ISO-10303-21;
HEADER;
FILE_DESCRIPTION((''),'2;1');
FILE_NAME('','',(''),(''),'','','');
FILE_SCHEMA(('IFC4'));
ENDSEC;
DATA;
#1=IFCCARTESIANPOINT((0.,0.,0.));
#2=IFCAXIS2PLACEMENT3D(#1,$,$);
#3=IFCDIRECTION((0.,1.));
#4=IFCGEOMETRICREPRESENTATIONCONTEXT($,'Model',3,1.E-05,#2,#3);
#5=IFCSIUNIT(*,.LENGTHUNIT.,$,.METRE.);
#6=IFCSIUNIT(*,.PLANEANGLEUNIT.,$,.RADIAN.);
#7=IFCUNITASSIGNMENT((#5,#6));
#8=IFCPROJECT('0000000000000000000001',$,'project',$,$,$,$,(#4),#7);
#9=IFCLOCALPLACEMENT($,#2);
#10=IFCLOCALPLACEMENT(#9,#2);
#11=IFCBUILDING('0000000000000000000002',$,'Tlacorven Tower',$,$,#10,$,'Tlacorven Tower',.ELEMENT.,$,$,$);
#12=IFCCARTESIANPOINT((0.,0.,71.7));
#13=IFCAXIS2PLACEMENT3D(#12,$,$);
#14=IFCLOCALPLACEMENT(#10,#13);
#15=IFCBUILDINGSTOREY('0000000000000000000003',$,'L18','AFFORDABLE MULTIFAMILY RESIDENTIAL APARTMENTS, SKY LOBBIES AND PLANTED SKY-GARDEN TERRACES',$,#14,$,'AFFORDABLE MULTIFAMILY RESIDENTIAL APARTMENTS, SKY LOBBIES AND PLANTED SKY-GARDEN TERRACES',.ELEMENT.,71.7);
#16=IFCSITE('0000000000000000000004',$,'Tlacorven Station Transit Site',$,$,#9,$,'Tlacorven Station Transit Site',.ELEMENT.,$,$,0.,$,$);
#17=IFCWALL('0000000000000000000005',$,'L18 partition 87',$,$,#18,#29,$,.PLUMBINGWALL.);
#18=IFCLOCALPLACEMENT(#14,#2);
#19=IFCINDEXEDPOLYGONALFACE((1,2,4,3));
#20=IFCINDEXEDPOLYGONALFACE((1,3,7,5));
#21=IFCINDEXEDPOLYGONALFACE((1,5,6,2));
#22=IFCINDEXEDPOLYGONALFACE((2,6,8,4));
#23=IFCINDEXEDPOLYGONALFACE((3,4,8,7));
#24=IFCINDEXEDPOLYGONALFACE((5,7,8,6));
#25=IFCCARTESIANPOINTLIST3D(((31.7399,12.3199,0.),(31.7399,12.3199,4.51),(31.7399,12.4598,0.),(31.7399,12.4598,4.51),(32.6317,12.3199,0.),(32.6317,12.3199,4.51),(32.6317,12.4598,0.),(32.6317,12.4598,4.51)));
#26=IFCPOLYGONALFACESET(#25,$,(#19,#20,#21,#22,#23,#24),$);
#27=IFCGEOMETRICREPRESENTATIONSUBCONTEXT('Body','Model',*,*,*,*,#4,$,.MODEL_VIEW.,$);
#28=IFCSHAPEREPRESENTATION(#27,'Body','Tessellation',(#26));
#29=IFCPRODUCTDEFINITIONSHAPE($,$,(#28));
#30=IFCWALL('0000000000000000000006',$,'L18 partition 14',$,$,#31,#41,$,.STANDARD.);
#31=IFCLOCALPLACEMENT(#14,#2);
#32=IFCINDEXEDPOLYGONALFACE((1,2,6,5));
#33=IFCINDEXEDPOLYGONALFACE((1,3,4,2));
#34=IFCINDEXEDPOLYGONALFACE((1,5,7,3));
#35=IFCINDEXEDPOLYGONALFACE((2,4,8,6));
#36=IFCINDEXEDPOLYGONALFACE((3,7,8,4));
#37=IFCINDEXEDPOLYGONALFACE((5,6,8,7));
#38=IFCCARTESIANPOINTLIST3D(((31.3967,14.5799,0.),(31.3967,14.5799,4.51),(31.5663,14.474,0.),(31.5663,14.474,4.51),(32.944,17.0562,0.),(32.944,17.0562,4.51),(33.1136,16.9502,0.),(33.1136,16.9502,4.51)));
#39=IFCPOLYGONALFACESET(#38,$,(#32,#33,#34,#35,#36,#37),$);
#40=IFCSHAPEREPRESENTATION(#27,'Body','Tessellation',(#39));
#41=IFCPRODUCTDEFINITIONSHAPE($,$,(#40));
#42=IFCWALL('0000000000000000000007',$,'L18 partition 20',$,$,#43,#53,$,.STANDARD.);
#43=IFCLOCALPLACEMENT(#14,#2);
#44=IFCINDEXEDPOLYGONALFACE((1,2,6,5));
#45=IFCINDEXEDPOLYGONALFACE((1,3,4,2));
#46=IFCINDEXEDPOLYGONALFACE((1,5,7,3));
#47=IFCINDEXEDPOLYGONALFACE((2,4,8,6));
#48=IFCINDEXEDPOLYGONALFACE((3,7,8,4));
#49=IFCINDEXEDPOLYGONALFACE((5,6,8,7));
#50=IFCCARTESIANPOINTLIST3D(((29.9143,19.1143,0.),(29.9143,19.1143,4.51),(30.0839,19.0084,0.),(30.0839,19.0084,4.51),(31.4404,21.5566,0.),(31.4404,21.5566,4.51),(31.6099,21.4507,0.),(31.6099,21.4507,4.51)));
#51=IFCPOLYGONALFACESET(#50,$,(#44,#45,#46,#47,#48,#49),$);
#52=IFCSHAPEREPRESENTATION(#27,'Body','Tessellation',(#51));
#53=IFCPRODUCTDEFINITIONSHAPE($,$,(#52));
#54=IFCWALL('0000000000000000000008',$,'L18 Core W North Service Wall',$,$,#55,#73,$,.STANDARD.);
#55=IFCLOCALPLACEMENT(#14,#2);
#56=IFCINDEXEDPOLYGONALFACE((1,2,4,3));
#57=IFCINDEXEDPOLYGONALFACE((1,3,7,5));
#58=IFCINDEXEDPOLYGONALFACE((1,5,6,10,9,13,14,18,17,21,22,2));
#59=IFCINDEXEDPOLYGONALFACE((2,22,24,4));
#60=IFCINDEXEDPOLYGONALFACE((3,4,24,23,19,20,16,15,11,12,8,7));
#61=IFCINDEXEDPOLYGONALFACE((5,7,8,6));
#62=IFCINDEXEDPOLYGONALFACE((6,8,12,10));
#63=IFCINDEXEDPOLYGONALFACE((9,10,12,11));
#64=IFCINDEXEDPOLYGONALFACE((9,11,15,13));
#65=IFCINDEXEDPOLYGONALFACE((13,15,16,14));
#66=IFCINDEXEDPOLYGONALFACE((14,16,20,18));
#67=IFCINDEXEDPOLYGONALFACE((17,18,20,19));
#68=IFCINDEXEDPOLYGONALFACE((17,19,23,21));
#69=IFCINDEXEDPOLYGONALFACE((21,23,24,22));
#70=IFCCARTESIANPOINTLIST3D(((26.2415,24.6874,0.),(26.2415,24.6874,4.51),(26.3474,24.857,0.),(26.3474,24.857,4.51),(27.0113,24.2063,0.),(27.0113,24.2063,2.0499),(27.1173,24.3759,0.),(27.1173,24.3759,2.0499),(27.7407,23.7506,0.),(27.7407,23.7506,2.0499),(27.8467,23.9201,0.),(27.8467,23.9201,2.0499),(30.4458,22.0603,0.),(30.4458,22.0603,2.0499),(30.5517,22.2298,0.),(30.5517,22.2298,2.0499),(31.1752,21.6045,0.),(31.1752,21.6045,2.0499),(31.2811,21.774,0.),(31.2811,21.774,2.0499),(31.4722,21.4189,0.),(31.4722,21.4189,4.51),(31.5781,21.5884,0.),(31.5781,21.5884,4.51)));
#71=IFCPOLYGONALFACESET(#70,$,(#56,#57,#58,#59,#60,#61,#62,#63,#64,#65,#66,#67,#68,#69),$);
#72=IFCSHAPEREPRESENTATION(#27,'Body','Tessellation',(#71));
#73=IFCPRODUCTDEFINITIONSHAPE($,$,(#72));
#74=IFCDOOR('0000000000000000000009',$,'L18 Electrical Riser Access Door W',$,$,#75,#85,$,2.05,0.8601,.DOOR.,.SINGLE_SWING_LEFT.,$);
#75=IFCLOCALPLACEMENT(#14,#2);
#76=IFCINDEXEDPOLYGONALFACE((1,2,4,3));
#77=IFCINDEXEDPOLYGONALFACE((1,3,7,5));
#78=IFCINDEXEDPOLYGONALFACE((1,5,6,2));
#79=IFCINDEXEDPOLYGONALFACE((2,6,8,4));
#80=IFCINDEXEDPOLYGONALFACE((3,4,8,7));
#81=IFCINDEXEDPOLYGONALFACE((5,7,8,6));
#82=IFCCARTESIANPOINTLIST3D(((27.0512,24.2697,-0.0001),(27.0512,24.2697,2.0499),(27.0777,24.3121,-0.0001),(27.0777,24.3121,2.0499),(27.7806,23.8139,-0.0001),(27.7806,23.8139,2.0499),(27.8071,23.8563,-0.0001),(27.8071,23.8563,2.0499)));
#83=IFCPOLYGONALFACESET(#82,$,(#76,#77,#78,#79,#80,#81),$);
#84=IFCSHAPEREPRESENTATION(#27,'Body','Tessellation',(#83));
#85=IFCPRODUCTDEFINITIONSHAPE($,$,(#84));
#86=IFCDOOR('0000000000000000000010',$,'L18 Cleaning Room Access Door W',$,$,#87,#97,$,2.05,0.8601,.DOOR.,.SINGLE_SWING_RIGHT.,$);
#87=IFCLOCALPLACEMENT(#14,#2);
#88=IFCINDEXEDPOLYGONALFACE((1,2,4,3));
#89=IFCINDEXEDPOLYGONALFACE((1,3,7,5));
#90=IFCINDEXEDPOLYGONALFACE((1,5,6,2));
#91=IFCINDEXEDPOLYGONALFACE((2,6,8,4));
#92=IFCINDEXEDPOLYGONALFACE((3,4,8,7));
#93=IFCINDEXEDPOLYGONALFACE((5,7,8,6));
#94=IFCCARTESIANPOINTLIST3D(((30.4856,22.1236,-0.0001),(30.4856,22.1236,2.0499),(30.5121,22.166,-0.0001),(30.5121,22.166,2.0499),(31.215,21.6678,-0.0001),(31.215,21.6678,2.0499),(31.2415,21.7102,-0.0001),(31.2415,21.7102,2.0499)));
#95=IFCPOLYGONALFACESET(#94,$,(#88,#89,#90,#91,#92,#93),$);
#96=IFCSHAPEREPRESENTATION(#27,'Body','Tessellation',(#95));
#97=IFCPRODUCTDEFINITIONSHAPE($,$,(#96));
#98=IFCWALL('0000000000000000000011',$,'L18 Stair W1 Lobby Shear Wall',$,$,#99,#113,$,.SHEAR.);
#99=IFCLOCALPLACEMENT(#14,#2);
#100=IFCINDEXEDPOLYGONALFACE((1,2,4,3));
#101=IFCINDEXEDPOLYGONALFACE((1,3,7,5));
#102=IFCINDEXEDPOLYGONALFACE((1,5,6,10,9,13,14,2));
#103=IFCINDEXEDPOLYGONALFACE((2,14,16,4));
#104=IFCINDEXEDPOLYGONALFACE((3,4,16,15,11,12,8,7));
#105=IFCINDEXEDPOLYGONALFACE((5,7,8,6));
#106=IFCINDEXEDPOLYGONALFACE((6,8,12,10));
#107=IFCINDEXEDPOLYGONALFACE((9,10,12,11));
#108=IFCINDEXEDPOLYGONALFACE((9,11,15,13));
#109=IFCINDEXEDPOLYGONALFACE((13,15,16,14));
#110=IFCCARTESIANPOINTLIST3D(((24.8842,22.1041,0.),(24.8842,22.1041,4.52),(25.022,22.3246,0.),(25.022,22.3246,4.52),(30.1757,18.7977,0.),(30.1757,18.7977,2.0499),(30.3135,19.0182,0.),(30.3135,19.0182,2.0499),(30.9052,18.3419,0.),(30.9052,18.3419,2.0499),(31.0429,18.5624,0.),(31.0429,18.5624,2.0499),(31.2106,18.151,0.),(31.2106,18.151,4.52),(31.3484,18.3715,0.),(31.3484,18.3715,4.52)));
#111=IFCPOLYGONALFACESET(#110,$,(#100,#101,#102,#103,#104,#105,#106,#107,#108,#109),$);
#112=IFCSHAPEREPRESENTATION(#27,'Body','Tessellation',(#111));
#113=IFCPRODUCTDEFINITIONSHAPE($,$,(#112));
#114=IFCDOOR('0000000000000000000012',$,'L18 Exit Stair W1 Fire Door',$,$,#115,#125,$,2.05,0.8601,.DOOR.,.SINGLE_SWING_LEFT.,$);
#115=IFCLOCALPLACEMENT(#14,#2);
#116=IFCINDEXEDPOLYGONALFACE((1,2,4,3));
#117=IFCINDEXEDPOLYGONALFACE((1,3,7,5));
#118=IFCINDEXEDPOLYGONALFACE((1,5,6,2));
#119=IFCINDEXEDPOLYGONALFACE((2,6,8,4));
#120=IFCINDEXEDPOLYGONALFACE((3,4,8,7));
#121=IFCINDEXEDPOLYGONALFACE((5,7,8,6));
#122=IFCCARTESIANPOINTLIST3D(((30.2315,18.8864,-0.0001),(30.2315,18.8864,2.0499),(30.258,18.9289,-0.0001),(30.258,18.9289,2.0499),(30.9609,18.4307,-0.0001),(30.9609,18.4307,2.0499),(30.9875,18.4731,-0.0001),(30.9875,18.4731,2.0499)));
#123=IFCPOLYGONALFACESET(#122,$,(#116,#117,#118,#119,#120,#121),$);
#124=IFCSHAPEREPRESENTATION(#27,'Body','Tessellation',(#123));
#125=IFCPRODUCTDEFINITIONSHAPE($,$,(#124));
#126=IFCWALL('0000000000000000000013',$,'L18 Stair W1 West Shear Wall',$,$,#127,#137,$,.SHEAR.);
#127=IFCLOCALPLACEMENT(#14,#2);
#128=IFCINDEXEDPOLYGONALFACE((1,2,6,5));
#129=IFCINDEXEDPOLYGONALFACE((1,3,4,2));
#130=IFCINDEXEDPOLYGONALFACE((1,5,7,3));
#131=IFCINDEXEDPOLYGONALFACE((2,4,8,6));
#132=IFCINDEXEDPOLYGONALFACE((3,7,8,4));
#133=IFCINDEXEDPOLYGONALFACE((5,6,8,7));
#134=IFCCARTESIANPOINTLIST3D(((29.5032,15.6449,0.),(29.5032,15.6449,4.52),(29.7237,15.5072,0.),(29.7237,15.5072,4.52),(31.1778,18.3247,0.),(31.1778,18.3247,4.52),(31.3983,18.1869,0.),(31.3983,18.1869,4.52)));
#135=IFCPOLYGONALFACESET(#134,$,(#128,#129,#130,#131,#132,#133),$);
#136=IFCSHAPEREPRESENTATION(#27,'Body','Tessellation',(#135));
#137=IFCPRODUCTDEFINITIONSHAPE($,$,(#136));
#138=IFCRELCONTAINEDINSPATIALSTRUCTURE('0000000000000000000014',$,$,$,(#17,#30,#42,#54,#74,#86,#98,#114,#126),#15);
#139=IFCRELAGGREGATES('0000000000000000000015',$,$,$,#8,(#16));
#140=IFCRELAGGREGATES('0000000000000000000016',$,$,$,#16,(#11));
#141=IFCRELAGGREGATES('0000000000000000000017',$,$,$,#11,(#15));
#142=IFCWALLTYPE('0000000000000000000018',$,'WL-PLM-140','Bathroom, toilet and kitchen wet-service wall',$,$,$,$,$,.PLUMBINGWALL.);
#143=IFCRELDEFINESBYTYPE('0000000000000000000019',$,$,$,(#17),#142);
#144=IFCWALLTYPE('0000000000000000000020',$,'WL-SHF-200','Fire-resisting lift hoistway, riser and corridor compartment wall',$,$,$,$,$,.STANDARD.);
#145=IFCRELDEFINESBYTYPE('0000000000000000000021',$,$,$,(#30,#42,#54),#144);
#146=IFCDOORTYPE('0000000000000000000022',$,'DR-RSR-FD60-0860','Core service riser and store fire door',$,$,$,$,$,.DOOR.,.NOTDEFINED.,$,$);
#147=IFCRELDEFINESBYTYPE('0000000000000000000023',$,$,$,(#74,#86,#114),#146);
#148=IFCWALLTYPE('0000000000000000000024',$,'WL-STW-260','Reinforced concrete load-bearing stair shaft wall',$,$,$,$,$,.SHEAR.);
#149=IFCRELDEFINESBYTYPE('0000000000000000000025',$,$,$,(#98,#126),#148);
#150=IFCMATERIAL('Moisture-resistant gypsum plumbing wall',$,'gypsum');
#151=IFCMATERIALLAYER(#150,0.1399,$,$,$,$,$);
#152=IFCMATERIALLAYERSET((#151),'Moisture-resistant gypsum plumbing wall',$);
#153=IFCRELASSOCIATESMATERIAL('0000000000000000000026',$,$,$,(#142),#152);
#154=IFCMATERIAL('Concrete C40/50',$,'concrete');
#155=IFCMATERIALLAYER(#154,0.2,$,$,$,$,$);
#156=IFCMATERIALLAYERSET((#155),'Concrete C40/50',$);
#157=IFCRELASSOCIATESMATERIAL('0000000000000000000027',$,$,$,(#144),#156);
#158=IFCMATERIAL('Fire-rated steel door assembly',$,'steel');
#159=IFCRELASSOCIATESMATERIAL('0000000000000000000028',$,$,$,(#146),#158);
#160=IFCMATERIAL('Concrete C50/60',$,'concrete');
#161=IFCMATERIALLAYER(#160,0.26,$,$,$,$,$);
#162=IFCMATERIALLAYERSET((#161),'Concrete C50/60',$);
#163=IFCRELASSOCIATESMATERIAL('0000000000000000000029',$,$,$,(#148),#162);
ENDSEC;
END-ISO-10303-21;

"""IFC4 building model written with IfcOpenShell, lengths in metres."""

from ifc_helpers import new_model, si_unit, direction, frame, frame_2d, origin, place, context, subcontext, project, spatial, rectangle, extrude, source, transform, mapped, material, layer, layer_set, type_object, element, fill, save


model = new_model("IFC4")

# Units and contexts
model_context = context("Model", 3, precision=1e-05, world=origin(), true_north=direction((0.0, 1.0)))
body_context = subcontext(model_context, "Body", "Model", "MODEL_VIEW")
ifc_project = project(units=[si_unit("LENGTHUNIT", "METRE"), si_unit("PLANEANGLEUNIT", "RADIAN")], contexts=[model_context])

# Site, building, storey
site_placement = place(None, origin())
site = spatial("IfcSite", under=ifc_project, at=site_placement, Name="Tlacorven Station Transit Site", LongName="Tlacorven Station Transit Site", CompositionType="ELEMENT", RefElevation=0.0)
building_placement = place(site_placement, origin())
building = spatial("IfcBuilding", under=site, at=building_placement, Name="Tlacorven Tower", LongName="Tlacorven Tower", CompositionType="ELEMENT")
storey_placement = place(building_placement, frame((0.0, 0.0, 71.7)))
storey = spatial("IfcBuildingStorey", under=building, at=storey_placement, Name="L18", Description="AFFORDABLE MULTIFAMILY RESIDENTIAL APARTMENTS, SKY LOBBIES AND PLANTED SKY-GARDEN TERRACES", LongName="AFFORDABLE MULTIFAMILY RESIDENTIAL APARTMENTS, SKY LOBBIES AND PLANTED SKY-GARDEN TERRACES", CompositionType="ELEMENT", Elevation=71.7)

# Shared definitions
ifc_material_1 = material(Name="Moisture-resistant gypsum plumbing wall", Category="gypsum")
ifc_layer_1 = layer(ifc_material_1, 0.1399)
ifc_layer_set_1 = layer_set([ifc_layer_1], Name="Moisture-resistant gypsum plumbing wall")
wall_type_1 = type_object("IfcWallType", Name="WL-PLM-140", Description="Bathroom, toilet and kitchen wet-service wall", PredefinedType="PLUMBINGWALL", material=ifc_layer_set_1)

# Walls
wall_1_placement = place(storey_placement, frame((31.74, 12.3899, 0.0), z_axis=(0.0, 0.0, 1.0), x_axis=(1.0, 0.0, 0.0)))
element("IfcWall", 1, at=wall_1_placement, inside=storey, type_object=wall_type_1, Name="L18 partition 87", PredefinedType="PLUMBINGWALL", context=body_context, shape_type="SweptSolid", body=[
    extrude(rectangle(XDim=0.8918, YDim=0.1399, at=frame_2d((0.4458, 0.0))), origin(), (0.0, 0.0, 1.0), 4.51),
])
ifc_material_2 = material(Name="Concrete C40/50", Category="concrete")
ifc_layer_2 = layer(ifc_material_2, 0.2)
ifc_layer_set_2 = layer_set([ifc_layer_2], Name="Concrete C40/50")
wall_type_2 = type_object("IfcWallType", Name="WL-SHF-200", Description="Fire-resisting lift hoistway, riser and corridor compartment wall", PredefinedType="STANDARD", material=ifc_layer_set_2)
wall_2_placement = place(storey_placement, frame((33.0288, 17.0032, 0.0), z_axis=(0.0, 0.0, 1.0), x_axis=(-0.529916, -0.84805, 0.0)))
element("IfcWall", 2, at=wall_2_placement, inside=storey, type_object=wall_type_2, Name="L18 partition 14", PredefinedType="STANDARD", context=body_context, shape_type="SweptSolid", body=[
    extrude(rectangle(XDim=2.9199, YDim=0.2, at=frame_2d((1.46, 0.0))), origin(), (0.0, 0.0, 1.0), 4.51),
])
wall_3_placement = place(storey_placement, frame((31.5251, 21.5037, 0.0), z_axis=(0.0, 0.0, 1.0), x_axis=(-0.529907, -0.848055, 0.0)))
element("IfcWall", 3, at=wall_3_placement, inside=storey, type_object=wall_type_2, Name="L18 partition 20", PredefinedType="STANDARD", context=body_context, shape_type="SweptSolid", body=[
    extrude(rectangle(XDim=2.8799, YDim=0.2, at=frame_2d((1.4399, 0.0))), origin(), (0.0, 0.0, 1.0), 4.51),
])

# Wall, openings, doors
wall_4_placement = place(storey_placement, frame((31.5251, 21.5037, 0.0), z_axis=(0.0, 0.0, 1.0), x_axis=(-0.848045, 0.529924, 0.0)))
wall_4 = element("IfcWall", 4, at=wall_4_placement, inside=storey, type_object=wall_type_2, Name="L18 Core W North Service Wall", PredefinedType="STANDARD", context=body_context, shape_type="SweptSolid", body=[
    extrude(rectangle(XDim=6.168, YDim=0.2, at=frame_2d((3.084, 0.0))), origin(), (0.0, 0.0, 1.0), 4.51),
])
opening_1_placement = place(wall_4_placement, frame((4.3999, 0.0, 0.0)))
opening_1 = element("IfcOpeningElement", 5, at=opening_1_placement, cuts=wall_4, PredefinedType="OPENING", context=body_context, shape_type="SweptSolid", body=[
    extrude(rectangle(XDim=0.8601, YDim=2.05, at=frame_2d((0.4302, 1.0249))), frame((0.0, 0.1099, 0.0), z_axis=(0.0, -1.0, 0.0), x_axis=(1.0, 0.0, 0.0)), (0.0, 0.0, 1.0), 0.22),
])
opening_2_placement = place(wall_4_placement, frame((0.3501, 0.0, 0.0)))
opening_2 = element("IfcOpeningElement", 6, at=opening_2_placement, cuts=wall_4, PredefinedType="OPENING", context=body_context, shape_type="SweptSolid", body=[
    extrude(rectangle(XDim=0.8601, YDim=2.05, at=frame_2d((0.4302, 1.0249))), frame((0.0, 0.1099, 0.0), z_axis=(0.0, -1.0, 0.0), x_axis=(1.0, 0.0, 0.0)), (0.0, 0.0, 1.0), 0.22),
])
ifc_material_3 = material(Name="Fire-rated steel door assembly", Category="steel")
door_type_1 = type_object("IfcDoorType", Name="DR-RSR-FD60-0860", Description="Core service riser and store fire door", OperationType="NOTDEFINED", PredefinedType="DOOR", material=ifc_material_3)
shared_shape_1 = source(origin(), body_context, "Body", "SweptSolid", [
    extrude(rectangle(XDim=0.8601, YDim=2.05, at=frame_2d((0.4302, 1.0249))), frame((0.0, 0.0249, 0.0), z_axis=(0.0, -1.0, 0.0), x_axis=(1.0, 0.0, 0.0)), (0.0, 0.0, 1.0), 0.05),
])
door_1_placement = place(opening_1_placement, frame((0.8601, 0.0, 0.0), z_axis=(0.0, 0.0, 1.0), x_axis=(-1.0, 0.0, 0.0)))
door_1 = element("IfcDoor", 7, at=door_1_placement, inside=storey, type_object=door_type_1, Name="L18 Electrical Riser Access Door W", OperationType="SINGLE_SWING_LEFT", OverallHeight=2.05, OverallWidth=0.8601, PredefinedType="DOOR", context=body_context, shape_type="MappedRepresentation", body=[
    mapped(shared_shape_1, transform((0.0, 0.0, 0.0), scale=1.0)),
])
fill(opening_1, door_1)
door_2_placement = place(opening_2_placement, frame((0.8601, 0.0, 0.0), z_axis=(0.0, 0.0, 1.0), x_axis=(-1.0, 0.0, 0.0)))
door_2 = element("IfcDoor", 8, at=door_2_placement, inside=storey, type_object=door_type_1, Name="L18 Cleaning Room Access Door W", OperationType="SINGLE_SWING_RIGHT", OverallHeight=2.05, OverallWidth=0.8601, PredefinedType="DOOR", context=body_context, shape_type="MappedRepresentation", body=[
    mapped(shared_shape_1, transform((0.0, 0.0, 0.0), scale=1.0)),
])
fill(opening_2, door_2)

# Wall, opening, door
ifc_material_4 = material(Name="Concrete C50/60", Category="concrete")
ifc_layer_3 = layer(ifc_material_4, 0.26)
ifc_layer_set_3 = layer_set([ifc_layer_3], Name="Concrete C50/60")
wall_type_3 = type_object("IfcWallType", Name="WL-STW-260", Description="Reinforced concrete load-bearing stair shaft wall", PredefinedType="SHEAR", material=ifc_layer_set_3)
wall_5_placement = place(storey_placement, frame((31.2795, 18.2612, 0.0), z_axis=(0.0, 0.0, 1.0), x_axis=(-0.848052, 0.529914, 0.0)))
wall_5 = element("IfcWall", 9, at=wall_5_placement, inside=storey, type_object=wall_type_3, Name="L18 Stair W1 Lobby Shear Wall", PredefinedType="SHEAR", context=body_context, shape_type="SweptSolid", body=[
    extrude(rectangle(XDim=7.46, YDim=0.26, at=frame_2d((3.73, 0.0))), origin(), (0.0, 0.0, 1.0), 4.52),
])
opening_3_placement = place(wall_5_placement, frame((0.3601, 0.0, 0.0)))
opening_3 = element("IfcOpeningElement", 10, at=opening_3_placement, cuts=wall_5, PredefinedType="OPENING", context=body_context, shape_type="SweptSolid", body=[
    extrude(rectangle(XDim=0.8601, YDim=2.05, at=frame_2d((0.4302, 1.0249))), frame((0.0, 0.1401, 0.0), z_axis=(0.0, -1.0, 0.0), x_axis=(1.0, 0.0, 0.0)), (0.0, 0.0, 1.0), 0.28),
])
door_3_placement = place(opening_3_placement, frame((0.8601, 0.0, 0.0), z_axis=(0.0, 0.0, 1.0), x_axis=(-1.0, 0.0, 0.0)))
door_3 = element("IfcDoor", 11, at=door_3_placement, inside=storey, type_object=door_type_1, Name="L18 Exit Stair W1 Fire Door", OperationType="SINGLE_SWING_LEFT", OverallHeight=2.05, OverallWidth=0.8601, PredefinedType="DOOR", context=body_context, shape_type="MappedRepresentation", body=[
    mapped(shared_shape_1, transform((0.0, 0.0, 0.0), scale=1.0)),
])
fill(opening_3, door_3)

# Wall
wall_6_placement = place(storey_placement, frame((31.2881, 18.2559, 0.0), z_axis=(0.0, 0.0, 1.0), x_axis=(-0.529943, -0.848033, 0.0)))
element("IfcWall", 12, at=wall_6_placement, inside=storey, type_object=wall_type_3, Name="L18 Stair W1 West Shear Wall", PredefinedType="SHEAR", context=body_context, shape_type="SweptSolid", body=[
    extrude(rectangle(XDim=3.1599, YDim=0.26, at=frame_2d((1.5801, 0.0))), origin(), (0.0, 0.0, 1.0), 4.52),
])

save(model, "model.ifc")
